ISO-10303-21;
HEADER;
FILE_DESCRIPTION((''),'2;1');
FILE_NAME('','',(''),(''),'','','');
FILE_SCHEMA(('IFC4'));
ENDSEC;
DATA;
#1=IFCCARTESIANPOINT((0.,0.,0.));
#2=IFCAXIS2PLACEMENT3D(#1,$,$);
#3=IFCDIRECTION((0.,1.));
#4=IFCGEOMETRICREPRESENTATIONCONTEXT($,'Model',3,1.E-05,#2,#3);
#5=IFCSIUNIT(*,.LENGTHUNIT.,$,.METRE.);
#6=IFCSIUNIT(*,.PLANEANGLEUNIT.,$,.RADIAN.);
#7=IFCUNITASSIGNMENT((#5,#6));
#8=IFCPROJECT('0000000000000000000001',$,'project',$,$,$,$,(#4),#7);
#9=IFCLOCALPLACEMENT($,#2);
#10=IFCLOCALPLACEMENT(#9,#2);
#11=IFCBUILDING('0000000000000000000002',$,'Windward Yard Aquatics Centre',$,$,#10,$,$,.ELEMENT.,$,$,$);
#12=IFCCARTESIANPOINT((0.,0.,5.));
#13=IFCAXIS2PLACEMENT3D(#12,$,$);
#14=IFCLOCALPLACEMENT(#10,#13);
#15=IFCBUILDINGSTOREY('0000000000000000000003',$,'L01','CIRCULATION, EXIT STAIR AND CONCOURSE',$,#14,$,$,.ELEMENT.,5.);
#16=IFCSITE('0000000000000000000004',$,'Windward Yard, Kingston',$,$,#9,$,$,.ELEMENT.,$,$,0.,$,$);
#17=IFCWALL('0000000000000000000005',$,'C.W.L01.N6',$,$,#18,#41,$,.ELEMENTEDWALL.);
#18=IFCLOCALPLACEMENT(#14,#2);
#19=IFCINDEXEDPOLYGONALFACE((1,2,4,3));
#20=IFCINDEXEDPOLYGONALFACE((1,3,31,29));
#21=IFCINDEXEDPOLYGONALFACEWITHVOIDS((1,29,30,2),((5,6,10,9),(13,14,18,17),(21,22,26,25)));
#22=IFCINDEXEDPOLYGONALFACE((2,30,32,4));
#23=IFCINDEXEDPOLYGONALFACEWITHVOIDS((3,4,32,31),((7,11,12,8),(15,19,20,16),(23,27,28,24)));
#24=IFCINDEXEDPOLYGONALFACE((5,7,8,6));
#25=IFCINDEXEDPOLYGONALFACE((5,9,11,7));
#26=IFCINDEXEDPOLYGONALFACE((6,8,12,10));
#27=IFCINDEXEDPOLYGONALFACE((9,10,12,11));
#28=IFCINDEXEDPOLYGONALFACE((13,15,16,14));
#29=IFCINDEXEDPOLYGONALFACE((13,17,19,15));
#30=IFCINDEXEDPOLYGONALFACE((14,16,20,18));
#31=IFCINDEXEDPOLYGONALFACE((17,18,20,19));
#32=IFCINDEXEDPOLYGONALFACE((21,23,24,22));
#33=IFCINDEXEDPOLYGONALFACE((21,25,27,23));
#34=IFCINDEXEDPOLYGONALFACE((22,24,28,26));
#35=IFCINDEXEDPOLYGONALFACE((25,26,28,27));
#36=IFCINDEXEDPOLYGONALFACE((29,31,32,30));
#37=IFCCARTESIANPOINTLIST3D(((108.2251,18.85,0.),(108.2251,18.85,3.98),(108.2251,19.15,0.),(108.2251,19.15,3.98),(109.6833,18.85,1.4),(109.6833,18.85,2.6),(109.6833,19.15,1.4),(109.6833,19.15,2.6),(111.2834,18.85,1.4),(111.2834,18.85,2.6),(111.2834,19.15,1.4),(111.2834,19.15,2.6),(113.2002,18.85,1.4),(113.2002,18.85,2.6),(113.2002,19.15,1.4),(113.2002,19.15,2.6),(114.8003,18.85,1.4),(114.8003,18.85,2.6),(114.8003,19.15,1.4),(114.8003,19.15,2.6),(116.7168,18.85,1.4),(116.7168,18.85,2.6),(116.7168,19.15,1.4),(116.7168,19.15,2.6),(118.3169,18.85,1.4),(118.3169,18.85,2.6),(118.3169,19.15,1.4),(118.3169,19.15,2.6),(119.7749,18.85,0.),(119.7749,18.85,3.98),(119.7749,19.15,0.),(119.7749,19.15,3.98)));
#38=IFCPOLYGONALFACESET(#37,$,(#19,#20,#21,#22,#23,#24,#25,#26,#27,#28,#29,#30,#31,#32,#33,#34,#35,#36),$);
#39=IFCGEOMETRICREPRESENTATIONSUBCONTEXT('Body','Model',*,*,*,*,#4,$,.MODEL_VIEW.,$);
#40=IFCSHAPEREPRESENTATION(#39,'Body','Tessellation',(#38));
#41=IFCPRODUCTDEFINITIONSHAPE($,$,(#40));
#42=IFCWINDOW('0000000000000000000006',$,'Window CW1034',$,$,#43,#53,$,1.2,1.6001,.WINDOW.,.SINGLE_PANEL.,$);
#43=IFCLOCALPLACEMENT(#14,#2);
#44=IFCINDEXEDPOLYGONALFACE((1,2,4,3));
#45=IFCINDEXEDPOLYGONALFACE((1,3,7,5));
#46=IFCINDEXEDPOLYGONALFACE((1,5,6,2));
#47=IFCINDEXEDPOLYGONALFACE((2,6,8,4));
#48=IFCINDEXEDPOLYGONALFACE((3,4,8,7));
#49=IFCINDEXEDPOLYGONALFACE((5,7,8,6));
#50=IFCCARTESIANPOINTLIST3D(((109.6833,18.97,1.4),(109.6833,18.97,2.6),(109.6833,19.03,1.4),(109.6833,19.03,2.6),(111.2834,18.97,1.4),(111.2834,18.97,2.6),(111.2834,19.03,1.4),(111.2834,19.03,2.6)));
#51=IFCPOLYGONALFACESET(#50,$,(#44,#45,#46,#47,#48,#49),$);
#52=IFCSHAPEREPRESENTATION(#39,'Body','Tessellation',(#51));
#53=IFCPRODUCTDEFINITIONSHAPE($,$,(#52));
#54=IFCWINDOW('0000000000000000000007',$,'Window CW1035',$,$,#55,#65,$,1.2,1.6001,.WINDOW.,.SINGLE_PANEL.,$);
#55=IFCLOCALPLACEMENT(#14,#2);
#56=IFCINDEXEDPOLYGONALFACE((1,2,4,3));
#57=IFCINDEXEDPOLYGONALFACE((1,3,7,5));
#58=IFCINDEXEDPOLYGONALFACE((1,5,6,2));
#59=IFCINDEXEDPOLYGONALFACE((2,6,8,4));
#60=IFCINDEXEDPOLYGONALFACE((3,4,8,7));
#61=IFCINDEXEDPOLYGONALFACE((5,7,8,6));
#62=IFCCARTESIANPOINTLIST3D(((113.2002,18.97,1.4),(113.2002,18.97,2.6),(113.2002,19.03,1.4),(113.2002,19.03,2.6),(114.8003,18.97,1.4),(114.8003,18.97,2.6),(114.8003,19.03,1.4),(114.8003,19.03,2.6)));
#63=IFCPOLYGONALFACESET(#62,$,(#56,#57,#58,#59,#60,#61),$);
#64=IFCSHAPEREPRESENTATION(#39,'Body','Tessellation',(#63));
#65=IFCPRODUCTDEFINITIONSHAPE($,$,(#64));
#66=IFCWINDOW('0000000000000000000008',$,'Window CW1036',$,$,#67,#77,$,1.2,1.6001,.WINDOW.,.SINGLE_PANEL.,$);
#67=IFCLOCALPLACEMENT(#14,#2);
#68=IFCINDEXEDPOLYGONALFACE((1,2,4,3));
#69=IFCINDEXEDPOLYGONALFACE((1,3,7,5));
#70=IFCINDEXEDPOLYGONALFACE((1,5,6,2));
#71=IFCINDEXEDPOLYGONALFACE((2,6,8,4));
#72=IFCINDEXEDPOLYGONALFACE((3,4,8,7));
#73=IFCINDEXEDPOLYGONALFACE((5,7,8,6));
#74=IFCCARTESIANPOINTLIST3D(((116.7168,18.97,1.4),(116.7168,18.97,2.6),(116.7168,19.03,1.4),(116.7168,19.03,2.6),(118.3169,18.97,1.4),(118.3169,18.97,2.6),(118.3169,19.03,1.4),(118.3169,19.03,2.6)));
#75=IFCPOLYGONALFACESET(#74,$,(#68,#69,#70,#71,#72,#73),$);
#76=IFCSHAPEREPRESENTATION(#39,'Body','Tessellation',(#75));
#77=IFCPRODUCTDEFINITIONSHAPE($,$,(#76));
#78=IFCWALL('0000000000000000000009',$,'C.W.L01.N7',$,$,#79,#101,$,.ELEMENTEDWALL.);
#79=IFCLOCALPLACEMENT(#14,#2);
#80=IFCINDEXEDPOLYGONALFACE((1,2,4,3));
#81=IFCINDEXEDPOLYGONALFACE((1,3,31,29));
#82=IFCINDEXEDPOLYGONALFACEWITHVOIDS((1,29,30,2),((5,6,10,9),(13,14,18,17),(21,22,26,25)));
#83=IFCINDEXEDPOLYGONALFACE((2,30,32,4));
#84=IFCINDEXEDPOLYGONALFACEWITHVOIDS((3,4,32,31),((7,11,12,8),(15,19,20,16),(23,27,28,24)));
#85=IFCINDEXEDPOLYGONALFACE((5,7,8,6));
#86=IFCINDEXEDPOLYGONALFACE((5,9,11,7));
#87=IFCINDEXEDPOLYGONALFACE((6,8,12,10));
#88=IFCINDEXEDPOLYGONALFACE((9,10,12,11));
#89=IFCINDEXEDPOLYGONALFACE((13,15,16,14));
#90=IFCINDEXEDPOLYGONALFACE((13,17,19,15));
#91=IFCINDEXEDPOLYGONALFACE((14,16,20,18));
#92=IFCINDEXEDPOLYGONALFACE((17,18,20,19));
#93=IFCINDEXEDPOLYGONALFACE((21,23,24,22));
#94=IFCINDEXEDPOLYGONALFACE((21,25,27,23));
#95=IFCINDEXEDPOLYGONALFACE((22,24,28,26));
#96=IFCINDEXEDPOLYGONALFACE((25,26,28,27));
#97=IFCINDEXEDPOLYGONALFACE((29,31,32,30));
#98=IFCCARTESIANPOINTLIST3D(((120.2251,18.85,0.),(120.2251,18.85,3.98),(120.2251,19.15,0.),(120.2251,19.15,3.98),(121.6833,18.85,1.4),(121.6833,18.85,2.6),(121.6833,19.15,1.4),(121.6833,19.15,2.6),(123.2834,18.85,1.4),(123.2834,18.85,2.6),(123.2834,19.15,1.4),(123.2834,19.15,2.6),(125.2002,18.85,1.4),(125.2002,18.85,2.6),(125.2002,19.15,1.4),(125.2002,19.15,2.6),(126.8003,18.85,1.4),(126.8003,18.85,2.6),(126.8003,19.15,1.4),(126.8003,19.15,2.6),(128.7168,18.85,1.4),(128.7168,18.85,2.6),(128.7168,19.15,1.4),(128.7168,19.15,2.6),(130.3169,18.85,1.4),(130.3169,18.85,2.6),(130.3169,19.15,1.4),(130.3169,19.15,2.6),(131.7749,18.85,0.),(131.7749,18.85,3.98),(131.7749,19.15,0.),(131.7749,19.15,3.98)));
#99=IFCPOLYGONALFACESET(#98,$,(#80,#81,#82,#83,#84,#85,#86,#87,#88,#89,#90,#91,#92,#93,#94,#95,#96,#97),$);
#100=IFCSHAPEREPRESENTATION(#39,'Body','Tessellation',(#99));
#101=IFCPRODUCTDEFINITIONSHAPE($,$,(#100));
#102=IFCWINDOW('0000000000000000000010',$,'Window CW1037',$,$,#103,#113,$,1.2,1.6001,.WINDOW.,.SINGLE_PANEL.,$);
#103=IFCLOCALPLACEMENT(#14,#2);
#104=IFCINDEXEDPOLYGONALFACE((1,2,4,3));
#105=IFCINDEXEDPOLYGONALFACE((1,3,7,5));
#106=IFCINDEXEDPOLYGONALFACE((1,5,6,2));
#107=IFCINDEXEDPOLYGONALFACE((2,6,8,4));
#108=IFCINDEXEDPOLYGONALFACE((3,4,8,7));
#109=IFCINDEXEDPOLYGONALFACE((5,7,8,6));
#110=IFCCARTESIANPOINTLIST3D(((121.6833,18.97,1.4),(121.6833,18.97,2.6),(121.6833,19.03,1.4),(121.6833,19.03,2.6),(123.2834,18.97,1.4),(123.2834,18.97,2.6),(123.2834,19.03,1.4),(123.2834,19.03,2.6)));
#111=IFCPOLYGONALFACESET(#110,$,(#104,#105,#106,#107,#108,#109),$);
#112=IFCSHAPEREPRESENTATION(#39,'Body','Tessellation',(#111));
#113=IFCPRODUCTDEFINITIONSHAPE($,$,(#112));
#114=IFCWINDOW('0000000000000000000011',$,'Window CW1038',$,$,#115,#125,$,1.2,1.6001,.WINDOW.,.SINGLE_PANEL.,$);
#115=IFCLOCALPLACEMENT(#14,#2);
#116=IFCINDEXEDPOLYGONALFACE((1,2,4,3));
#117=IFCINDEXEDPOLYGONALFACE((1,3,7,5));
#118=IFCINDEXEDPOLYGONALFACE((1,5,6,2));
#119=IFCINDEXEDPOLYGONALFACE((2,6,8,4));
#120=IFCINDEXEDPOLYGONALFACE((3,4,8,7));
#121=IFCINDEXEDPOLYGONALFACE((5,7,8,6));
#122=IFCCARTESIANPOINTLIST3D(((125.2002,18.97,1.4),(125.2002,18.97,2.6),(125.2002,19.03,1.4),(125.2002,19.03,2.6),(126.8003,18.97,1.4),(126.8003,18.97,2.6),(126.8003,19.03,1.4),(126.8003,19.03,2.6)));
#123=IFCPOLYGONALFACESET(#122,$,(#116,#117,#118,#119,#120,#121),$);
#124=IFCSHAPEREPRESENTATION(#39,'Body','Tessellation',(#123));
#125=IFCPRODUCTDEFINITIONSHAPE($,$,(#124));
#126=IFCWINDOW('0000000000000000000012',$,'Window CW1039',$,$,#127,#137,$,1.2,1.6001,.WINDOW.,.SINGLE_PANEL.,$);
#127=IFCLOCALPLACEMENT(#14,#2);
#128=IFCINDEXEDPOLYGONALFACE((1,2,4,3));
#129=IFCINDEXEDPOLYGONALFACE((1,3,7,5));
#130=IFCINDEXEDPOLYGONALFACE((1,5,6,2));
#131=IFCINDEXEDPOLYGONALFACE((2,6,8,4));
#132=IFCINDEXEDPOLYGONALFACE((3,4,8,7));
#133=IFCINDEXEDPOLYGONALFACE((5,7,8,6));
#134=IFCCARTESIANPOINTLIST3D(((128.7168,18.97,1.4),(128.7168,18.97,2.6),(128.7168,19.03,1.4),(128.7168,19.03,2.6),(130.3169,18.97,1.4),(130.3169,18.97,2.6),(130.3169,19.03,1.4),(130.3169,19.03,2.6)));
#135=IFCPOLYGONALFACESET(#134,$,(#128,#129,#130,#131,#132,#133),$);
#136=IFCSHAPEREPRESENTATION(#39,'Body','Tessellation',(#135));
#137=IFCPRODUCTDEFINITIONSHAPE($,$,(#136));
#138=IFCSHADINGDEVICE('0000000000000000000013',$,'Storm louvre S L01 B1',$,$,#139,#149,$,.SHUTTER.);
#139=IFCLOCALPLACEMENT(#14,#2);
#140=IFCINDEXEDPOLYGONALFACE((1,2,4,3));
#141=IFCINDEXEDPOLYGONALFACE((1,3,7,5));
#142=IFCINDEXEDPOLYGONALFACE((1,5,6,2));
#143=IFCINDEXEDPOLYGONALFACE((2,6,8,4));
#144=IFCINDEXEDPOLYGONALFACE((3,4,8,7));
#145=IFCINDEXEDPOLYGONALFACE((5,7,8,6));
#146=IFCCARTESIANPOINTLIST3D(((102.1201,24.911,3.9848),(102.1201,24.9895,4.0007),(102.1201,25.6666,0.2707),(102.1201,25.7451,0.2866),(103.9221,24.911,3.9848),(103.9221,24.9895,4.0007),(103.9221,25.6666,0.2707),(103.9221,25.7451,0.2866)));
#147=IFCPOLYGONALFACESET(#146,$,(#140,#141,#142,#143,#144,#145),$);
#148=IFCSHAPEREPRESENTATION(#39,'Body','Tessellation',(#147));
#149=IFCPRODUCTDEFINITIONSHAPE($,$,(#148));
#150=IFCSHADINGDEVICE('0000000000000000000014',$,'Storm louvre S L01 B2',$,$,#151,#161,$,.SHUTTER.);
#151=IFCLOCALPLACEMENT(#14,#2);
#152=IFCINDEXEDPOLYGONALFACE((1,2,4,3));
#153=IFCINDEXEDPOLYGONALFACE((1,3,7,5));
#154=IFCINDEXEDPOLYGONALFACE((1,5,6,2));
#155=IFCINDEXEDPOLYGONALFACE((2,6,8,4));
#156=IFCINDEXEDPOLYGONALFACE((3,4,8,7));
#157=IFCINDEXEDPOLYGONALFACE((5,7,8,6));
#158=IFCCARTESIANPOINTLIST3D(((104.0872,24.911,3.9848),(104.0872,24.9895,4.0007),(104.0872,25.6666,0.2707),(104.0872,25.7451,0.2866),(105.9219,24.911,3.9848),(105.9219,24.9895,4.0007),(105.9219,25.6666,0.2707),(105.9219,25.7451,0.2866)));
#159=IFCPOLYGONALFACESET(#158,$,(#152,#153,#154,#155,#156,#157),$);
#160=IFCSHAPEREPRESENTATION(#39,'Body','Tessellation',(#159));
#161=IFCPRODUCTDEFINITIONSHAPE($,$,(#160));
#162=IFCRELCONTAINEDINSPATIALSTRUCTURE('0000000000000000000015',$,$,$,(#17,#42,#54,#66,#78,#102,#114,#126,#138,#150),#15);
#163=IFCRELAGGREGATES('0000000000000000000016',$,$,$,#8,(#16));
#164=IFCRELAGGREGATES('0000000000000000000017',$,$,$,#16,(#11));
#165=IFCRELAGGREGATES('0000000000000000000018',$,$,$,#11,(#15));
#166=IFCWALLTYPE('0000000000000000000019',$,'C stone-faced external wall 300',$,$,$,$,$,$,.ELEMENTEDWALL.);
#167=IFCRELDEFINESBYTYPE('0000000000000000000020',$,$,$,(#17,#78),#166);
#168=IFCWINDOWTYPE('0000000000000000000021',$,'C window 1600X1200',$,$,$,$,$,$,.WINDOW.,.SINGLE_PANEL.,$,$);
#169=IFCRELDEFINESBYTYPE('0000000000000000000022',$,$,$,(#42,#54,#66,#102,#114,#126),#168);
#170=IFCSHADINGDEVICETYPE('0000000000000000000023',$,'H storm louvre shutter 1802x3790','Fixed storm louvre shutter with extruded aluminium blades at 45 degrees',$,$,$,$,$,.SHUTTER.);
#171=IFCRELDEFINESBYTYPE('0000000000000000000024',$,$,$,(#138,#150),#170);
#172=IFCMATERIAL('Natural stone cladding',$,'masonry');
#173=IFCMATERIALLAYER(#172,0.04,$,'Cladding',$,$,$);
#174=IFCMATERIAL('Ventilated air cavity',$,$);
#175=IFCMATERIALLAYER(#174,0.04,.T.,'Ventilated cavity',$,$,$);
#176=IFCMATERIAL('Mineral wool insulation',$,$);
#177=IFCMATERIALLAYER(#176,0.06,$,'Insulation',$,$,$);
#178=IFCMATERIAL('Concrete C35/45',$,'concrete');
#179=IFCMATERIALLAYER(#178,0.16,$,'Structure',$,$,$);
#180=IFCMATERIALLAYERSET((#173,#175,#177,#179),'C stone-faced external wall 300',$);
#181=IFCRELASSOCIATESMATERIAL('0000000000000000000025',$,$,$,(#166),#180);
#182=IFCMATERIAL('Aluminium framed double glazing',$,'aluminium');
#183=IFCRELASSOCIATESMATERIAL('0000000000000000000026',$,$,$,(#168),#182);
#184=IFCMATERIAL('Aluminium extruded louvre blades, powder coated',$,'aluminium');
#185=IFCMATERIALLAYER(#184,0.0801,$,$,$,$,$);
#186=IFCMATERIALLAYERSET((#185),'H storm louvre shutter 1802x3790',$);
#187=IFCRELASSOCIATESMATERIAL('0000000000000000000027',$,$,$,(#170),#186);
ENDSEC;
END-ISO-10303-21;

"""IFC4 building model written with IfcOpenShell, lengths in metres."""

from ifc_helpers import new_model, si_unit, direction, frame, frame_2d, origin, place, context, subcontext, project, spatial, polyline, rectangle, outline, extrude, material, layer, layer_set, type_object, element, fill, save


model = new_model("IFC4")

# Units and contexts
model_context = context("Model", 3, precision=1e-05, world=origin(), true_north=direction((0.0, 1.0)))
body_context = subcontext(model_context, "Body", "Model", "MODEL_VIEW")
ifc_project = project(units=[si_unit("LENGTHUNIT", "METRE"), si_unit("PLANEANGLEUNIT", "RADIAN")], contexts=[model_context])

# Site, building, storey
site_placement = place(None, origin())
site = spatial("IfcSite", under=ifc_project, at=site_placement, Name="Windward Yard, Kingston", CompositionType="ELEMENT", RefElevation=0.0)
building_placement = place(site_placement, origin())
building = spatial("IfcBuilding", under=site, at=building_placement, Name="Windward Yard Aquatics Centre", CompositionType="ELEMENT")
storey_placement = place(building_placement, frame((0.0, 0.0, 5.0)))
storey = spatial("IfcBuildingStorey", under=building, at=storey_placement, Name="L01", Description="CIRCULATION, EXIT STAIR AND CONCOURSE", CompositionType="ELEMENT", Elevation=5.0)

# Shared definitions
ifc_material_1 = material(Name="Concrete C35/45", Category="concrete")

# Walls, openings, windows
ifc_material_2 = material(Name="Natural stone cladding", Category="masonry")
ifc_layer_1 = layer(ifc_material_2, 0.04, Name="Cladding")
ifc_material_3 = material(Name="Ventilated air cavity")
ifc_layer_2 = layer(ifc_material_3, 0.04, ventilated=True, Name="Ventilated cavity")
ifc_material_4 = material(Name="Mineral wool insulation")
ifc_layer_3 = layer(ifc_material_4, 0.06, Name="Insulation")
ifc_layer_4 = layer(ifc_material_1, 0.16, Name="Structure")
ifc_layer_set_1 = layer_set([ifc_layer_1, ifc_layer_2, ifc_layer_3, ifc_layer_4], Name="C stone-faced external wall 300")
wall_type = type_object("IfcWallType", Name="C stone-faced external wall 300", PredefinedType="ELEMENTEDWALL", material=ifc_layer_set_1)
wall_1_placement = place(storey_placement, frame((108.2251, 19.0, 0.0), z_axis=(0.0, 0.0, 1.0), x_axis=(1.0, 0.0, 0.0)))
wall_1 = element("IfcWall", 1, at=wall_1_placement, inside=storey, type_object=wall_type, Name="C.W.L01.N6", PredefinedType="ELEMENTEDWALL", context=body_context, shape_type="SweptSolid", body=[
    extrude(rectangle(XDim=11.5498, YDim=0.3, at=frame_2d((5.7749, 0.0))), origin(), (0.0, 0.0, 1.0), 3.98),
])
opening_1_placement = place(wall_1_placement, frame((1.4583, 0.0, 1.3999)))
opening_1 = element("IfcOpeningElement", 2, at=opening_1_placement, cuts=wall_1, PredefinedType="OPENING", context=body_context, shape_type="SweptSolid", body=[
    extrude(rectangle(XDim=1.6001, YDim=1.2, at=frame_2d((0.8, 0.6001))), frame((0.0, 0.1602, 0.0), z_axis=(0.0, -1.0, 0.0), x_axis=(1.0, 0.0, 0.0)), (0.0, 0.0, 1.0), 0.3201),
])
opening_2_placement = place(wall_1_placement, frame((4.9751, 0.0, 1.3999)))
opening_2 = element("IfcOpeningElement", 3, at=opening_2_placement, cuts=wall_1, PredefinedType="OPENING", context=body_context, shape_type="SweptSolid", body=[
    extrude(rectangle(XDim=1.6001, YDim=1.2, at=frame_2d((0.8, 0.6001))), frame((0.0, 0.1602, 0.0), z_axis=(0.0, -1.0, 0.0), x_axis=(1.0, 0.0, 0.0)), (0.0, 0.0, 1.0), 0.3201),
])
opening_3_placement = place(wall_1_placement, frame((8.4917, 0.0, 1.3999)))
opening_3 = element("IfcOpeningElement", 4, at=opening_3_placement, cuts=wall_1, PredefinedType="OPENING", context=body_context, shape_type="SweptSolid", body=[
    extrude(rectangle(XDim=1.6001, YDim=1.2, at=frame_2d((0.8, 0.6001))), frame((0.0, 0.1602, 0.0), z_axis=(0.0, -1.0, 0.0), x_axis=(1.0, 0.0, 0.0)), (0.0, 0.0, 1.0), 0.3201),
])
ifc_material_5 = material(Name="Aluminium framed double glazing", Category="aluminium")
window_type = type_object("IfcWindowType", Name="C window 1600X1200", PartitioningType="SINGLE_PANEL", PredefinedType="WINDOW", material=ifc_material_5)
window_1_placement = place(opening_1_placement, origin())
window_1 = element("IfcWindow", 5, at=window_1_placement, inside=storey, type_object=window_type, Name="Window CW1034", OverallHeight=1.2, OverallWidth=1.6001, PartitioningType="SINGLE_PANEL", PredefinedType="WINDOW", context=body_context, shape_type="SweptSolid", body=[
    extrude(rectangle(XDim=1.6001, YDim=1.2, at=frame_2d((0.8, 0.6001))), frame((0.0, 0.03, 0.0), z_axis=(0.0, -1.0, 0.0), x_axis=(1.0, 0.0, 0.0)), (0.0, 0.0, 1.0), 0.0601),
])
fill(opening_1, window_1)
window_2_placement = place(opening_2_placement, origin())
window_2 = element("IfcWindow", 6, at=window_2_placement, inside=storey, type_object=window_type, Name="Window CW1035", OverallHeight=1.2, OverallWidth=1.6001, PartitioningType="SINGLE_PANEL", PredefinedType="WINDOW", context=body_context, shape_type="SweptSolid", body=[
    extrude(rectangle(XDim=1.6001, YDim=1.2, at=frame_2d((0.8, 0.6001))), frame((0.0, 0.03, 0.0), z_axis=(0.0, -1.0, 0.0), x_axis=(1.0, 0.0, 0.0)), (0.0, 0.0, 1.0), 0.0601),
])
fill(opening_2, window_2)
window_3_placement = place(opening_3_placement, origin())
window_3 = element("IfcWindow", 7, at=window_3_placement, inside=storey, type_object=window_type, Name="Window CW1036", OverallHeight=1.2, OverallWidth=1.6001, PartitioningType="SINGLE_PANEL", PredefinedType="WINDOW", context=body_context, shape_type="SweptSolid", body=[
    extrude(rectangle(XDim=1.6001, YDim=1.2, at=frame_2d((0.8, 0.6001))), frame((0.0, 0.03, 0.0), z_axis=(0.0, -1.0, 0.0), x_axis=(1.0, 0.0, 0.0)), (0.0, 0.0, 1.0), 0.0601),
])
fill(opening_3, window_3)
wall_2_placement = place(storey_placement, frame((120.2251, 19.0, 0.0), z_axis=(0.0, 0.0, 1.0), x_axis=(1.0, 0.0, 0.0)))
wall_2 = element("IfcWall", 8, at=wall_2_placement, inside=storey, type_object=wall_type, Name="C.W.L01.N7", PredefinedType="ELEMENTEDWALL", context=body_context, shape_type="SweptSolid", body=[
    extrude(rectangle(XDim=11.5498, YDim=0.3, at=frame_2d((5.7749, 0.0))), origin(), (0.0, 0.0, 1.0), 3.98),
])
opening_4_placement = place(wall_2_placement, frame((1.4583, 0.0, 1.3999)))
opening_4 = element("IfcOpeningElement", 9, at=opening_4_placement, cuts=wall_2, PredefinedType="OPENING", context=body_context, shape_type="SweptSolid", body=[
    extrude(rectangle(XDim=1.6001, YDim=1.2, at=frame_2d((0.8, 0.6001))), frame((0.0, 0.1602, 0.0), z_axis=(0.0, -1.0, 0.0), x_axis=(1.0, 0.0, 0.0)), (0.0, 0.0, 1.0), 0.3201),
])
opening_5_placement = place(wall_2_placement, frame((4.9751, 0.0, 1.3999)))
opening_5 = element("IfcOpeningElement", 10, at=opening_5_placement, cuts=wall_2, PredefinedType="OPENING", context=body_context, shape_type="SweptSolid", body=[
    extrude(rectangle(XDim=1.6001, YDim=1.2, at=frame_2d((0.8, 0.6001))), frame((0.0, 0.1602, 0.0), z_axis=(0.0, -1.0, 0.0), x_axis=(1.0, 0.0, 0.0)), (0.0, 0.0, 1.0), 0.3201),
])
opening_6_placement = place(wall_2_placement, frame((8.4917, 0.0, 1.3999)))
opening_6 = element("IfcOpeningElement", 11, at=opening_6_placement, cuts=wall_2, PredefinedType="OPENING", context=body_context, shape_type="SweptSolid", body=[
    extrude(rectangle(XDim=1.6001, YDim=1.2, at=frame_2d((0.8, 0.6001))), frame((0.0, 0.1602, 0.0), z_axis=(0.0, -1.0, 0.0), x_axis=(1.0, 0.0, 0.0)), (0.0, 0.0, 1.0), 0.3201),
])
window_4_placement = place(opening_4_placement, origin())
window_4 = element("IfcWindow", 12, at=window_4_placement, inside=storey, type_object=window_type, Name="Window CW1037", OverallHeight=1.2, OverallWidth=1.6001, PartitioningType="SINGLE_PANEL", PredefinedType="WINDOW", context=body_context, shape_type="SweptSolid", body=[
    extrude(rectangle(XDim=1.6001, YDim=1.2, at=frame_2d((0.8, 0.6001))), frame((0.0, 0.03, 0.0), z_axis=(0.0, -1.0, 0.0), x_axis=(1.0, 0.0, 0.0)), (0.0, 0.0, 1.0), 0.0601),
])
fill(opening_4, window_4)
window_5_placement = place(opening_5_placement, origin())
window_5 = element("IfcWindow", 13, at=window_5_placement, inside=storey, type_object=window_type, Name="Window CW1038", OverallHeight=1.2, OverallWidth=1.6001, PartitioningType="SINGLE_PANEL", PredefinedType="WINDOW", context=body_context, shape_type="SweptSolid", body=[
    extrude(rectangle(XDim=1.6001, YDim=1.2, at=frame_2d((0.8, 0.6001))), frame((0.0, 0.03, 0.0), z_axis=(0.0, -1.0, 0.0), x_axis=(1.0, 0.0, 0.0)), (0.0, 0.0, 1.0), 0.0601),
])
fill(opening_5, window_5)
window_6_placement = place(opening_6_placement, origin())
window_6 = element("IfcWindow", 14, at=window_6_placement, inside=storey, type_object=window_type, Name="Window CW1039", OverallHeight=1.2, OverallWidth=1.6001, PartitioningType="SINGLE_PANEL", PredefinedType="WINDOW", context=body_context, shape_type="SweptSolid", body=[
    extrude(rectangle(XDim=1.6001, YDim=1.2, at=frame_2d((0.8, 0.6001))), frame((0.0, 0.03, 0.0), z_axis=(0.0, -1.0, 0.0), x_axis=(1.0, 0.0, 0.0)), (0.0, 0.0, 1.0), 0.0601),
])
fill(opening_6, window_6)

# Shading devices
ifc_material_6 = material(Name="Aluminium extruded louvre blades, powder coated", Category="aluminium")
ifc_layer_5 = layer(ifc_material_6, 0.0801)
ifc_layer_set_2 = layer_set([ifc_layer_5], Name="H storm louvre shutter 1802x3790")
shading_device_type = type_object("IfcShadingDeviceType", Name="H storm louvre shutter 1802x3790", Description="Fixed storm louvre shutter with extruded aluminium blades at 45 degrees", PredefinedType="SHUTTER", material=ifc_layer_set_2)
shading_device_placement = place(storey_placement, frame((102.1201, 24.9895, 4.0007), z_axis=(0.0, 0.979926, 0.199361), x_axis=(0.0, 0.199361, -0.979926)))
element("IfcShadingDevice", 15, at=shading_device_placement, inside=storey, type_object=shading_device_type, Name="Storm louvre S L01 B1", PredefinedType="SHUTTER", context=body_context, shape_type="SweptSolid", body=[
    extrude(outline(polyline([(0.0, 0.0), (3.7902, 0.0), (3.7902, -1.802), (0.0, -1.802), (0.0, 0.0)])), origin(), (0.0, 0.0, -1.0), 0.0801),
])
for number, where, z_axis, x_axis, name in (
    (16, (104.0872, 24.9895, 4.0007), (0.0, 0.979926, 0.199361), (0.0, 0.199361, -0.979926), "Storm louvre S L01 B2"),
):
    element("IfcShadingDevice", number, at=place(storey_placement, frame(where, z_axis=z_axis, x_axis=x_axis)), inside=storey, type_object=shading_device_type, Name=name, PredefinedType="SHUTTER", context=body_context, shape_type="SweptSolid", body=[
        extrude(outline(polyline([(0.0, 0.0), (3.7902, 0.0), (3.7902, -1.8347), (0.0, -1.8347), (0.0, 0.0)])), origin(), (0.0, 0.0, -1.0), 0.0801),
    ])

save(model, "model.ifc")
